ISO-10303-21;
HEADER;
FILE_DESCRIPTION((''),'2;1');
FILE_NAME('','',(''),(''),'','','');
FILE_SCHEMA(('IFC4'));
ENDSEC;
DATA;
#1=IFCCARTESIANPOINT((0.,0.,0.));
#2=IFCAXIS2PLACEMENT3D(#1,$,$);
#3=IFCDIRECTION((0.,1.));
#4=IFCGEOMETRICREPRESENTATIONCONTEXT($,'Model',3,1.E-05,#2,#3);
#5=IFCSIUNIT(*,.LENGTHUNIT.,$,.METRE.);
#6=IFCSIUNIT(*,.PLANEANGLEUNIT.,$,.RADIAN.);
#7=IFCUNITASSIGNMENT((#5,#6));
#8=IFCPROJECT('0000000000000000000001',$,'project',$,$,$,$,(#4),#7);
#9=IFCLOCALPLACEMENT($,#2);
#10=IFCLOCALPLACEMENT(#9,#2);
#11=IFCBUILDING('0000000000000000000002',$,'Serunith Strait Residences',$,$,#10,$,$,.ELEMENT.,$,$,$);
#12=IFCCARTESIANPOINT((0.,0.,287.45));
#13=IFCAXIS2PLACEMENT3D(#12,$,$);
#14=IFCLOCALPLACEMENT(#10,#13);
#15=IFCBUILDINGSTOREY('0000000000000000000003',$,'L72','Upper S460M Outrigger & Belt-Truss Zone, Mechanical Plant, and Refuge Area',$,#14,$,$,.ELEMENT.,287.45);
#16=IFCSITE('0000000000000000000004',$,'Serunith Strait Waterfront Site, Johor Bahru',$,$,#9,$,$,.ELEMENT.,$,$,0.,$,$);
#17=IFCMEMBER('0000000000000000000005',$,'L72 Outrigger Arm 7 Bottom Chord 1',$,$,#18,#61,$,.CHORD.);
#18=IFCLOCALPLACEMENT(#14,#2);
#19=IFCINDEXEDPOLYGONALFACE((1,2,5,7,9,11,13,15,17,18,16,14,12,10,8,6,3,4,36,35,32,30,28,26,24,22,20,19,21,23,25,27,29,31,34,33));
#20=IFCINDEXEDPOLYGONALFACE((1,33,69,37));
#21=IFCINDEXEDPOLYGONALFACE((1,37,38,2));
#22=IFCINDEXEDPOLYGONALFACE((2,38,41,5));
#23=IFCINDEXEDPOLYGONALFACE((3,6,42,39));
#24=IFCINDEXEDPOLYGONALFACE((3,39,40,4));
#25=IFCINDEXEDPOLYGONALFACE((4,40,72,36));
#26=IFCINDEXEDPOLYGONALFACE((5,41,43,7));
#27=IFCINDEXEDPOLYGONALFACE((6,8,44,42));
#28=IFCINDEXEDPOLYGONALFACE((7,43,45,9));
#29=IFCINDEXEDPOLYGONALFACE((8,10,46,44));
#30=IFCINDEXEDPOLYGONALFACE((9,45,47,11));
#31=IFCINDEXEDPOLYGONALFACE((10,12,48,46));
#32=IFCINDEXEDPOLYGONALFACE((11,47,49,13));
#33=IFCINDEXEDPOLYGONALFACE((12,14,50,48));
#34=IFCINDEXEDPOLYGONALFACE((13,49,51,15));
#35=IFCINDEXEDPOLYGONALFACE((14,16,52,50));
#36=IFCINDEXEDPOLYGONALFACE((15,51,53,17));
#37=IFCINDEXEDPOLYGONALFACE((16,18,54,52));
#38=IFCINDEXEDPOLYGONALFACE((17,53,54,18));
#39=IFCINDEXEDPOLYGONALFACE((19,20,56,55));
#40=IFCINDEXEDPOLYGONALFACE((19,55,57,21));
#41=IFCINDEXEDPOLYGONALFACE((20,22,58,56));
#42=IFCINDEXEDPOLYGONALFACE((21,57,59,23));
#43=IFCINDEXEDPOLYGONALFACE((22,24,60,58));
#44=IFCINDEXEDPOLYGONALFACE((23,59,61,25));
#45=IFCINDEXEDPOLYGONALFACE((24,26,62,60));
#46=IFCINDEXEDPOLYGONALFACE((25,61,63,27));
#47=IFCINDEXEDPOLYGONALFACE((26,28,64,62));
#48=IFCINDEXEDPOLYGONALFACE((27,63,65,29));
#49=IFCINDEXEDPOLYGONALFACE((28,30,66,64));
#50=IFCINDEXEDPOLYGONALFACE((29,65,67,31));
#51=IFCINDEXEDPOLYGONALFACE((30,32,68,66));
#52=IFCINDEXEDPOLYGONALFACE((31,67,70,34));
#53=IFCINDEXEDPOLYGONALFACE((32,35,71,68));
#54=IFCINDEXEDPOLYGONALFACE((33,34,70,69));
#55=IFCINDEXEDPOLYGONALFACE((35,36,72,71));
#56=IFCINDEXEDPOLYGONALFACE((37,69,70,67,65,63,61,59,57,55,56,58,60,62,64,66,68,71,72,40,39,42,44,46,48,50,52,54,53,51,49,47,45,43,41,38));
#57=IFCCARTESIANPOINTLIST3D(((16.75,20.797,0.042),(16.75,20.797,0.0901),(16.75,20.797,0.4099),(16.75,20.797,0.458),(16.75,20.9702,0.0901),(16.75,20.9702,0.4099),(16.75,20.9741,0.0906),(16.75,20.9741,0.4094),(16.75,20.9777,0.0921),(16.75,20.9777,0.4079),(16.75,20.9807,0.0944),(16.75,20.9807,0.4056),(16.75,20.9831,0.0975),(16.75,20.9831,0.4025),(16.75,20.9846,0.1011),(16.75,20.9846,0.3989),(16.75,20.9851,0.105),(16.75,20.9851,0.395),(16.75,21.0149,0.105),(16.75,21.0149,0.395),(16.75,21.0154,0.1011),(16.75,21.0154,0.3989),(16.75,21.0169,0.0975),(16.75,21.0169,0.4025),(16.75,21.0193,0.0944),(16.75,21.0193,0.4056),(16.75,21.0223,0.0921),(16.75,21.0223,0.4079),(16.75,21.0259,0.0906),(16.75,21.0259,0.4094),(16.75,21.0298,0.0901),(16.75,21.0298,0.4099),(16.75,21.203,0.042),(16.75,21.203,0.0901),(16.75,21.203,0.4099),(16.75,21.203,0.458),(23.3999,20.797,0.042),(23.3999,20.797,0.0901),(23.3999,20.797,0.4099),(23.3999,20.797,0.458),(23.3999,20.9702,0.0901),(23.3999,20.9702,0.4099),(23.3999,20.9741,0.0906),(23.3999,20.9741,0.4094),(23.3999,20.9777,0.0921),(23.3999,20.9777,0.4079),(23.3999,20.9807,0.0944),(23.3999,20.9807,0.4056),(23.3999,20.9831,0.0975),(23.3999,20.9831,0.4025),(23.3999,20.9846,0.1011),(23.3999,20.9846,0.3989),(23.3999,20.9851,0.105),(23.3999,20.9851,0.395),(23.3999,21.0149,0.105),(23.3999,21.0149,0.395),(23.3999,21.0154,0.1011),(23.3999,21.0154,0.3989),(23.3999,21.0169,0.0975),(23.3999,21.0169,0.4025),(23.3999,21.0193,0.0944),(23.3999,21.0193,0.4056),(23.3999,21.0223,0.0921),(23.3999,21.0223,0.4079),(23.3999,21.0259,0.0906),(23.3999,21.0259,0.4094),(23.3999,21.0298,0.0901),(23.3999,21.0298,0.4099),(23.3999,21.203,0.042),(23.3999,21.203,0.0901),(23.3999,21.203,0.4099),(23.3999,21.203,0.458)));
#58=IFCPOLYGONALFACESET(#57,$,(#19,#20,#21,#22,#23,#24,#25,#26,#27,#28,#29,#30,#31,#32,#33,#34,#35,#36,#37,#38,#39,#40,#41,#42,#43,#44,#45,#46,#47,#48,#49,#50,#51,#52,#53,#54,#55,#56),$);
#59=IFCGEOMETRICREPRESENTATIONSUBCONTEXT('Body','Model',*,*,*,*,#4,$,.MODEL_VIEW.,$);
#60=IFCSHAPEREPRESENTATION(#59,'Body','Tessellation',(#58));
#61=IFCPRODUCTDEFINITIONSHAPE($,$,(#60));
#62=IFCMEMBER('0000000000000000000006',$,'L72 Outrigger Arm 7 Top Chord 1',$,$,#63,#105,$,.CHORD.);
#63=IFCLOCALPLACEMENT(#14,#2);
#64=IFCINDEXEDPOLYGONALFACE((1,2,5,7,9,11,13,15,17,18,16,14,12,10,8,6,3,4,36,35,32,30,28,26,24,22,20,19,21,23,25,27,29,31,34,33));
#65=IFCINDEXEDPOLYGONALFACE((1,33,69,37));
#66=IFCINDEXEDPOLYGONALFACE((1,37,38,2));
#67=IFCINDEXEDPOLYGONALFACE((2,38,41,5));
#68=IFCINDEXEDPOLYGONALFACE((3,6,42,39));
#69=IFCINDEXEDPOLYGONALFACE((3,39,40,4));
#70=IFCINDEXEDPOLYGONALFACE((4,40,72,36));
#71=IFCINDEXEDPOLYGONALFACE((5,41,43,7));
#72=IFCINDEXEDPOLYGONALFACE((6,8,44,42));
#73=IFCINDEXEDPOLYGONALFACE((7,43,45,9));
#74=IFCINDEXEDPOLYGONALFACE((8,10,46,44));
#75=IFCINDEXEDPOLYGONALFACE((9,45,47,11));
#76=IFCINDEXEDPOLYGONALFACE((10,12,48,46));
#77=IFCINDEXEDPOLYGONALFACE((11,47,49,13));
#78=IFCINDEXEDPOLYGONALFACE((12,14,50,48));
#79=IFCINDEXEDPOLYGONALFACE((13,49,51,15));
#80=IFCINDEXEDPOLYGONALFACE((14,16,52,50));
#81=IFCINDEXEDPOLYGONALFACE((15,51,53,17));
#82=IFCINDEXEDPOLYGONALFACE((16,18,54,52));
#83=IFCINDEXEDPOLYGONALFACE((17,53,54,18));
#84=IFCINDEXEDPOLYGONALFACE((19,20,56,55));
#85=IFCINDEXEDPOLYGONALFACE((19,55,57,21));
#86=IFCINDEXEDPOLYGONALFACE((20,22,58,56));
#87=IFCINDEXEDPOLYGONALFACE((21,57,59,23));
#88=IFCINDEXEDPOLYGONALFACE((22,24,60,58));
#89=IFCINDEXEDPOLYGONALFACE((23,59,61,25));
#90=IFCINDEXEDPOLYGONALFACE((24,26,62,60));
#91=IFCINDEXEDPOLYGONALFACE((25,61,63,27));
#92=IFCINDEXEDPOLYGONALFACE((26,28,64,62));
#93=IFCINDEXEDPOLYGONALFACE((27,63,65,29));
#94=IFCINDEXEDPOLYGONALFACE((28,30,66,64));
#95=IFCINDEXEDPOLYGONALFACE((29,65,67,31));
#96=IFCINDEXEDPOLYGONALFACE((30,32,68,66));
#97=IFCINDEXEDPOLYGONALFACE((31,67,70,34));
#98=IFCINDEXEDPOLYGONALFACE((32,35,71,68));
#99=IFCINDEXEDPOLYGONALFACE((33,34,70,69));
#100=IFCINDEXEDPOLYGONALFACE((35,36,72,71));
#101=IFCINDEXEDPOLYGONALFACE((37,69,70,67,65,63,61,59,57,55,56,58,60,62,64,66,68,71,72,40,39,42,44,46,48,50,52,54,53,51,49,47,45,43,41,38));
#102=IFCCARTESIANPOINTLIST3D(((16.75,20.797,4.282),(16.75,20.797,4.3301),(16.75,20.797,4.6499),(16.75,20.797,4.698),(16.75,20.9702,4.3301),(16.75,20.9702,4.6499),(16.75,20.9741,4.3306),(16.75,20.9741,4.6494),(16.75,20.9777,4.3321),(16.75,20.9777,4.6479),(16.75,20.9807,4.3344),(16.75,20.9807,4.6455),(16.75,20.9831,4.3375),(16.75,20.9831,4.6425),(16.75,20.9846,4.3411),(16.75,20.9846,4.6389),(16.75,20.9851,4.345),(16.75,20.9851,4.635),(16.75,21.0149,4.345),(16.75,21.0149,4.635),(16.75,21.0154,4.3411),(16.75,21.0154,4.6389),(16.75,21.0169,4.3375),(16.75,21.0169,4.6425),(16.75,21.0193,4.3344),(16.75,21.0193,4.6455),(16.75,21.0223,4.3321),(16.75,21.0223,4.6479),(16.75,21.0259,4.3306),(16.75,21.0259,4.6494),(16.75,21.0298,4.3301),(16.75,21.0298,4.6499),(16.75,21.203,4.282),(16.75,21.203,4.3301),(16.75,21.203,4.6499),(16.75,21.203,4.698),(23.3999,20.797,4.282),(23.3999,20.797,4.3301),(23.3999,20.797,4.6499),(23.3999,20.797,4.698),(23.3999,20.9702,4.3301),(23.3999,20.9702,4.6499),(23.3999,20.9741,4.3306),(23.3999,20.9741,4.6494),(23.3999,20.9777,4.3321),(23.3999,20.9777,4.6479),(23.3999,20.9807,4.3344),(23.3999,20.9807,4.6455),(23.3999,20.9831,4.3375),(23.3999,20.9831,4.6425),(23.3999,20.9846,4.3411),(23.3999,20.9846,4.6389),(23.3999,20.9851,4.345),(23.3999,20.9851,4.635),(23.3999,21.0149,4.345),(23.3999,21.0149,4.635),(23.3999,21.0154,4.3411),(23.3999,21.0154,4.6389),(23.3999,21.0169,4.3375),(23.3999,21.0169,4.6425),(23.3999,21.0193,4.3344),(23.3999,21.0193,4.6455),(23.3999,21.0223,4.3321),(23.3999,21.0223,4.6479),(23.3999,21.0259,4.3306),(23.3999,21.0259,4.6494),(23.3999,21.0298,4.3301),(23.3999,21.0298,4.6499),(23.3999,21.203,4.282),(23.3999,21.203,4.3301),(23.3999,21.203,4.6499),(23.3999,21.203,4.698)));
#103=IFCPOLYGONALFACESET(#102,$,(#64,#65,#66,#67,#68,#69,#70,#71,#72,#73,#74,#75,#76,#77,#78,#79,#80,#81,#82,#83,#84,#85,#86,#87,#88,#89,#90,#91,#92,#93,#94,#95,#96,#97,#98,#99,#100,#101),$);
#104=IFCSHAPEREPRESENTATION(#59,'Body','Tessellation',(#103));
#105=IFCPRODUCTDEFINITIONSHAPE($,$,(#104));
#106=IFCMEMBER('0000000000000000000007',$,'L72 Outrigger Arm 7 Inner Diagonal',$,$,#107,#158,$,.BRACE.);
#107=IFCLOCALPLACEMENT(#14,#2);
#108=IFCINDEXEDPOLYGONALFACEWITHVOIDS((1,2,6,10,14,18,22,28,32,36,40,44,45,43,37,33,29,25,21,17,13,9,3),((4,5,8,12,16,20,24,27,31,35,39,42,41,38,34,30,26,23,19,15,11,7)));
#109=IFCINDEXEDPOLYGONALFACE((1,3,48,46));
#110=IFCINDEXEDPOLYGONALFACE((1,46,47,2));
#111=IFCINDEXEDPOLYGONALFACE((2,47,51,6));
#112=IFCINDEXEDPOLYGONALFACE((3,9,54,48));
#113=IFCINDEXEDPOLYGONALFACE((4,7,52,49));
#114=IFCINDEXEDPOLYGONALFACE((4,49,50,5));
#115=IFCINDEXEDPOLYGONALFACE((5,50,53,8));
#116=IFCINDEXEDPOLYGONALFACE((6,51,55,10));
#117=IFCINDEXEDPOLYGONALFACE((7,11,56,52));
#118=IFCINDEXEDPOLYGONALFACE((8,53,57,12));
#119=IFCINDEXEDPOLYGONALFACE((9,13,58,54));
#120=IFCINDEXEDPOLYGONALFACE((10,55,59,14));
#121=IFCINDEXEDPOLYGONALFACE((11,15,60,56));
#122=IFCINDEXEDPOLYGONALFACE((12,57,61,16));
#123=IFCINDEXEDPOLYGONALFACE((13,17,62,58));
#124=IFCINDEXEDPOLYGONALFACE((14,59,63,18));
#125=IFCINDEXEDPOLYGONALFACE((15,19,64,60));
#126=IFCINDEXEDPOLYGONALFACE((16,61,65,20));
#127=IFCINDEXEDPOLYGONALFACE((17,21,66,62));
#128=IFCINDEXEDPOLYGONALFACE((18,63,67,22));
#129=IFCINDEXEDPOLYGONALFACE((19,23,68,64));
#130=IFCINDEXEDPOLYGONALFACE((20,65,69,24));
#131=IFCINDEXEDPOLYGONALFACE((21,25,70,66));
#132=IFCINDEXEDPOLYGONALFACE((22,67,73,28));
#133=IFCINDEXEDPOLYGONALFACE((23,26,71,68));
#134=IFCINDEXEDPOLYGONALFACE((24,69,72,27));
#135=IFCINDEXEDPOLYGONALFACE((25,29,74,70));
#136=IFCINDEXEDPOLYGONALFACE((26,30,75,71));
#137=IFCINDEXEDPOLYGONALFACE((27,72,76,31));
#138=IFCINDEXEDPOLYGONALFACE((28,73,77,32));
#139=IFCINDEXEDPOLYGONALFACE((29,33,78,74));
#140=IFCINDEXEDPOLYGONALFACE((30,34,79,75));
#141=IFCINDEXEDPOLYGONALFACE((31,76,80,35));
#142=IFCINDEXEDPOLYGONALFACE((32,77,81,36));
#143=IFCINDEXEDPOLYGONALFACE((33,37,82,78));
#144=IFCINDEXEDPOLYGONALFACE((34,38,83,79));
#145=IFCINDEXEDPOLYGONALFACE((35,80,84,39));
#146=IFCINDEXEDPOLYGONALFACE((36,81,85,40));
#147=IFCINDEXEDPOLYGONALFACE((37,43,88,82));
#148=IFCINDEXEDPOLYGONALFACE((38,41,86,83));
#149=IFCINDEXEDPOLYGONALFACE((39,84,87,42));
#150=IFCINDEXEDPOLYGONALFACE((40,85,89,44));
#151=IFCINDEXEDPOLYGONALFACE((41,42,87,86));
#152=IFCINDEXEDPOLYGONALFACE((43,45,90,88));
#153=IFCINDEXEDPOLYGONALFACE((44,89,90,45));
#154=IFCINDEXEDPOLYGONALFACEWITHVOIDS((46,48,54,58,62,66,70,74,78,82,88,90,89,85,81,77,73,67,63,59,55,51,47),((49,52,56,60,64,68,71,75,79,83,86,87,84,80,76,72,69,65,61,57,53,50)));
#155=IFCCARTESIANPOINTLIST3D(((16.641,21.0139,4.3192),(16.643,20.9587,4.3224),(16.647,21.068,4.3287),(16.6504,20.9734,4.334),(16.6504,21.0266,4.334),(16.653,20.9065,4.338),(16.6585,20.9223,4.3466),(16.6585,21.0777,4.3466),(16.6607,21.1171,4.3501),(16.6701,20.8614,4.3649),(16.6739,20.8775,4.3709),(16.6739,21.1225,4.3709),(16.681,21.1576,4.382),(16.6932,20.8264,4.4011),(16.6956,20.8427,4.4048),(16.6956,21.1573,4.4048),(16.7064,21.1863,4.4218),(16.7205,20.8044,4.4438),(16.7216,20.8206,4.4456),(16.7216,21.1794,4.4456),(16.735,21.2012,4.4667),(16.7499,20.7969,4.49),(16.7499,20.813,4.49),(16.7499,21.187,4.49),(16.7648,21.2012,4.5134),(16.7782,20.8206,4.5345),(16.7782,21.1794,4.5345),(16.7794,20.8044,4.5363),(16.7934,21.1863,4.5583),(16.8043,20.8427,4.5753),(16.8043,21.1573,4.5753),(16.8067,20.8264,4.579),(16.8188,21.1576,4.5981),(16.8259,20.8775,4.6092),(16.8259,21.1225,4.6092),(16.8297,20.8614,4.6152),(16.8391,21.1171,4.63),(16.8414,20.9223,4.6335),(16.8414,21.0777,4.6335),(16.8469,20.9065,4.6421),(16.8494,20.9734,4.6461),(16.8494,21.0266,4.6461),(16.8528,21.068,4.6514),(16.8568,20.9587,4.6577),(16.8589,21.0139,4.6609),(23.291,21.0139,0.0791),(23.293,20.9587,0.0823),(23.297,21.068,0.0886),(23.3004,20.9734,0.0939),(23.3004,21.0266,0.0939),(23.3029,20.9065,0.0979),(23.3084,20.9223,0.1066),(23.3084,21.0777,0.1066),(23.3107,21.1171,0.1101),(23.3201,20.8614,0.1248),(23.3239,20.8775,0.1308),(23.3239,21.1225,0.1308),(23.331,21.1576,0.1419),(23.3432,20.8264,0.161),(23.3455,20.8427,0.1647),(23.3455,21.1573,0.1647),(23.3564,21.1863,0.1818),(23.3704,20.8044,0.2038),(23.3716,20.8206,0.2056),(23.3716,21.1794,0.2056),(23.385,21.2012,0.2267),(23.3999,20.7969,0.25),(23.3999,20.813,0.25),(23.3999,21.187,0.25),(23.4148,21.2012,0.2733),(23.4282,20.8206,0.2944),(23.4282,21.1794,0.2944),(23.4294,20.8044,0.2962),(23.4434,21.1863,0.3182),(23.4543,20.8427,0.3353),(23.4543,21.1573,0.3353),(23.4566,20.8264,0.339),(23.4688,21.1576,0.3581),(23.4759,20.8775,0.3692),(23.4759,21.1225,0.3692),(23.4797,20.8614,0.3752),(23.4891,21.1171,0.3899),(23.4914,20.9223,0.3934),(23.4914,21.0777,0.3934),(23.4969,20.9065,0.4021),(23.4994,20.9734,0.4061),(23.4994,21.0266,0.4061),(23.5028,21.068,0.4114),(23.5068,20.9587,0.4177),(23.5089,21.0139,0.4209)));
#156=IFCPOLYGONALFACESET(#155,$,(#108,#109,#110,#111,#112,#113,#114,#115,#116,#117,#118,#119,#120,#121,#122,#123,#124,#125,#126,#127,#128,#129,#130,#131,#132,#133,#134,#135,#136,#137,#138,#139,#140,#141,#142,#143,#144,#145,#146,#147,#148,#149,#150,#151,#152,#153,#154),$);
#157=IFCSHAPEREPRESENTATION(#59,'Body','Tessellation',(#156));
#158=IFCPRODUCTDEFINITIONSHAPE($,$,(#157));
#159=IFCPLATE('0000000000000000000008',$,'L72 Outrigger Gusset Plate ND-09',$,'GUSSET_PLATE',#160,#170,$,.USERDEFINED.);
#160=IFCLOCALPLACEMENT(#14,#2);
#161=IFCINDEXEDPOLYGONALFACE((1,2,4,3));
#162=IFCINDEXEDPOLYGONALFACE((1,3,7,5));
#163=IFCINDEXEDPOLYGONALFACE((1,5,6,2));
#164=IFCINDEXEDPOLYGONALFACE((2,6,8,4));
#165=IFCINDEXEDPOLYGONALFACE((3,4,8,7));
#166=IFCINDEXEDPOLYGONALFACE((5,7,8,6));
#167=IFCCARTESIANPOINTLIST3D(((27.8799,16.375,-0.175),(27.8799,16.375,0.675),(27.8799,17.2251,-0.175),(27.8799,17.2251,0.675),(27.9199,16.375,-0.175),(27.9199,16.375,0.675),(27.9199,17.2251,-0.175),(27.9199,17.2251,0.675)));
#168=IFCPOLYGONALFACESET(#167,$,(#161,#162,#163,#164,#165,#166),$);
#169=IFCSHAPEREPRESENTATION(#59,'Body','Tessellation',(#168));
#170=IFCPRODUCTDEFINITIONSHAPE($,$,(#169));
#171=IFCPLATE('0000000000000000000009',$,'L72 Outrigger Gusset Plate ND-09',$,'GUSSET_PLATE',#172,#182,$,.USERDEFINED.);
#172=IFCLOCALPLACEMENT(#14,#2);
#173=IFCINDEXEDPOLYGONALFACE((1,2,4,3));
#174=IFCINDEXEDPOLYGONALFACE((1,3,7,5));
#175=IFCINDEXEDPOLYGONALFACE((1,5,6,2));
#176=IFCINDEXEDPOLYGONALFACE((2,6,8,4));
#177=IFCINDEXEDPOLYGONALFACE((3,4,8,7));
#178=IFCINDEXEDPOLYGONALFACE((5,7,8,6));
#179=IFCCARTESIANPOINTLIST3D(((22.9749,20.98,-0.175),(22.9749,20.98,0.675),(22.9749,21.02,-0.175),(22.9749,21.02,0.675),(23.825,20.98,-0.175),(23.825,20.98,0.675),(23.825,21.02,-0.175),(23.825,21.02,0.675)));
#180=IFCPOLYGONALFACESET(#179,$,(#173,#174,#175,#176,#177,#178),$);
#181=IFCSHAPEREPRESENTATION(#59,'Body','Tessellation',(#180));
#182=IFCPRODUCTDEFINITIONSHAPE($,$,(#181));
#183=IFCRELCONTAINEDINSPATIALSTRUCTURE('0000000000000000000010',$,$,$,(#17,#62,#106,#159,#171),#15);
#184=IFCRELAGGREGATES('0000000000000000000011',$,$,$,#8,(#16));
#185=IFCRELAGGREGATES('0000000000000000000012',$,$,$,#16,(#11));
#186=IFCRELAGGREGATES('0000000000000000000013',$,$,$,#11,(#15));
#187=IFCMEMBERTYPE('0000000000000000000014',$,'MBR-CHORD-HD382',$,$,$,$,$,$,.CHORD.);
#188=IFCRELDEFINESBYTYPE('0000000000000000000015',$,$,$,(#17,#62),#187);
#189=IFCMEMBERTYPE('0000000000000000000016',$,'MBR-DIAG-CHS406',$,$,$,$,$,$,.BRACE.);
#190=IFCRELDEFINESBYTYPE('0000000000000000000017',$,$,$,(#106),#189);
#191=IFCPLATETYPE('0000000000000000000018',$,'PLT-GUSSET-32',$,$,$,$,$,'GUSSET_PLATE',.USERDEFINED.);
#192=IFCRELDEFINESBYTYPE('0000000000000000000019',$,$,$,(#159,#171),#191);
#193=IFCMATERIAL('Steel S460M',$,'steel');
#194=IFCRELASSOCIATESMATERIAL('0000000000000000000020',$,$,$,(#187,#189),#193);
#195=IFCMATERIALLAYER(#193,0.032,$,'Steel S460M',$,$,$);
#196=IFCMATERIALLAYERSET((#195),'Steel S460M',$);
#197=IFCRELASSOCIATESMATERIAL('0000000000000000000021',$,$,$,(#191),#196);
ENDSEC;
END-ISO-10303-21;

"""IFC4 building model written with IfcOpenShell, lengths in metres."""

from ifc_helpers import new_model, si_unit, direction, frame, origin, origin_2d, place, context, subcontext, project, spatial, rectangle, hollow_circle, i_section, extrude, source, transform, mapped, material, layer, layer_set, material_profile, profile_set, type_object, element, save


model = new_model("IFC4")

# Units and contexts
model_context = context("Model", 3, precision=1e-05, world=origin(), true_north=direction((0.0, 1.0)))
body_context = subcontext(model_context, "Body", "Model", "MODEL_VIEW")
ifc_project = project(units=[si_unit("LENGTHUNIT", "METRE"), si_unit("PLANEANGLEUNIT", "RADIAN")], contexts=[model_context])

# Site, building, storey
site_placement = place(None, origin())
site = spatial("IfcSite", under=ifc_project, at=site_placement, Name="Serunith Strait Waterfront Site, Johor Bahru", CompositionType="ELEMENT", RefElevation=0.0)
building_placement = place(site_placement, origin())
building = spatial("IfcBuilding", under=site, at=building_placement, Name="Serunith Strait Residences", CompositionType="ELEMENT")
storey_placement = place(building_placement, frame((0.0, 0.0, 287.45)))
storey = spatial("IfcBuildingStorey", under=building, at=storey_placement, Name="L72", Description="Upper S460M Outrigger & Belt-Truss Zone, Mechanical Plant, and Refuge Area", CompositionType="ELEMENT", Elevation=287.45)

# Members
ifc_material_1 = material(Name="Steel S460M", Category="steel")
ifc_material_profile_1 = material_profile(ifc_material_1, i_section(OverallWidth=0.406, OverallDepth=0.416, WebThickness=0.0298, FlangeThickness=0.0481, FilletRadius=0.0149, at=origin_2d()), Name="HD 400x382")
ifc_profile_set_1 = profile_set([ifc_material_profile_1], Name="Steel S460M")
member_type_1 = type_object("IfcMemberType", Name="MBR-CHORD-HD382", PredefinedType="CHORD", material=ifc_profile_set_1)
ifc_material_profile_2 = material_profile(ifc_material_1, hollow_circle(Radius=0.2031, WallThickness=0.0161, at=origin_2d()), Name="CHS 406.4x16")
ifc_profile_set_2 = profile_set([ifc_material_profile_2], Name="Steel S460M")
member_type_2 = type_object("IfcMemberType", Name="MBR-DIAG-CHS406", PredefinedType="BRACE", material=ifc_profile_set_2)
shared_shape_1 = source(origin(), body_context, "Body", "SweptSolid", [
    extrude(i_section(OverallWidth=0.406, OverallDepth=0.416, WebThickness=0.0298, FlangeThickness=0.0481, FilletRadius=0.0149, at=origin_2d()), origin(), (0.0, 0.0, 1.0), 6.6499),
])
for number, where, z_axis, x_axis, name in (
    (1, (23.3999, 21.0, 0.25), (-1.0, 0.0, 0.0), (0.0, -1.0, 0.0), "L72 Outrigger Arm 7 Bottom Chord 1"),
    (2, (23.3999, 21.0, 4.49), (-1.0, 0.0, 0.0), (0.0, -1.0, 0.0), "L72 Outrigger Arm 7 Top Chord 1"),
):
    element("IfcMember", number, at=place(storey_placement, frame(where, z_axis=z_axis, x_axis=x_axis)), inside=storey, type_object=member_type_1, Name=name, PredefinedType="CHORD", context=body_context, shape_type="MappedRepresentation", body=[
        mapped(shared_shape_1, transform((0.0, 0.0, 0.0), scale=1.0)),
    ])
shared_shape_2 = source(origin(), body_context, "Body", "SweptSolid", [
    extrude(hollow_circle(Radius=0.2031, WallThickness=0.0161, at=origin_2d()), origin(), (0.0, 0.0, 1.0), 7.8867),
])
member_1_placement = place(storey_placement, frame((23.3999, 21.0, 0.25), z_axis=(-0.843188, 0.0, 0.537618), x_axis=(0.0, -1.0, 0.0)))
element("IfcMember", 3, at=member_1_placement, inside=storey, type_object=member_type_2, Name="L72 Outrigger Arm 7 Inner Diagonal", PredefinedType="BRACE", context=body_context, shape_type="MappedRepresentation", body=[
    mapped(shared_shape_2, transform((0.0, 0.0, 0.0), scale=1.0)),
])

# Plates
ifc_layer_1 = layer(ifc_material_1, 0.032, Name="Steel S460M")
ifc_layer_set_1 = layer_set([ifc_layer_1], Name="Steel S460M")
plate_type = type_object("IfcPlateType", Name="PLT-GUSSET-32", ElementType="GUSSET_PLATE", PredefinedType="USERDEFINED", material=ifc_layer_set_1)
shared_shape_3 = source(origin(), body_context, "Body", "SweptSolid", [
    extrude(rectangle(XDim=0.8501, YDim=0.04, at=origin_2d()), origin(), (0.0, 0.0, 1.0), 0.8501),
])
for number, where, z_axis, x_axis, name in (
    (4, (27.8999, 16.8, -0.175), (0.0, 0.0, 1.0), (0.0, -1.0, 0.0), "L72 Outrigger Gusset Plate ND-09"),
    (5, (23.3999, 21.0, -0.175), (0.0, 0.0, 1.0), (-1.0, 0.0, 0.0), "L72 Outrigger Gusset Plate ND-09"),
):
    element("IfcPlate", number, at=place(storey_placement, frame(where, z_axis=z_axis, x_axis=x_axis)), inside=storey, type_object=plate_type, Name=name, ObjectType="GUSSET_PLATE", PredefinedType="USERDEFINED", context=body_context, shape_type="MappedRepresentation", body=[
        mapped(shared_shape_3, transform((0.0, 0.0, 0.0), scale=1.0)),
    ])

save(model, "model.ifc")
